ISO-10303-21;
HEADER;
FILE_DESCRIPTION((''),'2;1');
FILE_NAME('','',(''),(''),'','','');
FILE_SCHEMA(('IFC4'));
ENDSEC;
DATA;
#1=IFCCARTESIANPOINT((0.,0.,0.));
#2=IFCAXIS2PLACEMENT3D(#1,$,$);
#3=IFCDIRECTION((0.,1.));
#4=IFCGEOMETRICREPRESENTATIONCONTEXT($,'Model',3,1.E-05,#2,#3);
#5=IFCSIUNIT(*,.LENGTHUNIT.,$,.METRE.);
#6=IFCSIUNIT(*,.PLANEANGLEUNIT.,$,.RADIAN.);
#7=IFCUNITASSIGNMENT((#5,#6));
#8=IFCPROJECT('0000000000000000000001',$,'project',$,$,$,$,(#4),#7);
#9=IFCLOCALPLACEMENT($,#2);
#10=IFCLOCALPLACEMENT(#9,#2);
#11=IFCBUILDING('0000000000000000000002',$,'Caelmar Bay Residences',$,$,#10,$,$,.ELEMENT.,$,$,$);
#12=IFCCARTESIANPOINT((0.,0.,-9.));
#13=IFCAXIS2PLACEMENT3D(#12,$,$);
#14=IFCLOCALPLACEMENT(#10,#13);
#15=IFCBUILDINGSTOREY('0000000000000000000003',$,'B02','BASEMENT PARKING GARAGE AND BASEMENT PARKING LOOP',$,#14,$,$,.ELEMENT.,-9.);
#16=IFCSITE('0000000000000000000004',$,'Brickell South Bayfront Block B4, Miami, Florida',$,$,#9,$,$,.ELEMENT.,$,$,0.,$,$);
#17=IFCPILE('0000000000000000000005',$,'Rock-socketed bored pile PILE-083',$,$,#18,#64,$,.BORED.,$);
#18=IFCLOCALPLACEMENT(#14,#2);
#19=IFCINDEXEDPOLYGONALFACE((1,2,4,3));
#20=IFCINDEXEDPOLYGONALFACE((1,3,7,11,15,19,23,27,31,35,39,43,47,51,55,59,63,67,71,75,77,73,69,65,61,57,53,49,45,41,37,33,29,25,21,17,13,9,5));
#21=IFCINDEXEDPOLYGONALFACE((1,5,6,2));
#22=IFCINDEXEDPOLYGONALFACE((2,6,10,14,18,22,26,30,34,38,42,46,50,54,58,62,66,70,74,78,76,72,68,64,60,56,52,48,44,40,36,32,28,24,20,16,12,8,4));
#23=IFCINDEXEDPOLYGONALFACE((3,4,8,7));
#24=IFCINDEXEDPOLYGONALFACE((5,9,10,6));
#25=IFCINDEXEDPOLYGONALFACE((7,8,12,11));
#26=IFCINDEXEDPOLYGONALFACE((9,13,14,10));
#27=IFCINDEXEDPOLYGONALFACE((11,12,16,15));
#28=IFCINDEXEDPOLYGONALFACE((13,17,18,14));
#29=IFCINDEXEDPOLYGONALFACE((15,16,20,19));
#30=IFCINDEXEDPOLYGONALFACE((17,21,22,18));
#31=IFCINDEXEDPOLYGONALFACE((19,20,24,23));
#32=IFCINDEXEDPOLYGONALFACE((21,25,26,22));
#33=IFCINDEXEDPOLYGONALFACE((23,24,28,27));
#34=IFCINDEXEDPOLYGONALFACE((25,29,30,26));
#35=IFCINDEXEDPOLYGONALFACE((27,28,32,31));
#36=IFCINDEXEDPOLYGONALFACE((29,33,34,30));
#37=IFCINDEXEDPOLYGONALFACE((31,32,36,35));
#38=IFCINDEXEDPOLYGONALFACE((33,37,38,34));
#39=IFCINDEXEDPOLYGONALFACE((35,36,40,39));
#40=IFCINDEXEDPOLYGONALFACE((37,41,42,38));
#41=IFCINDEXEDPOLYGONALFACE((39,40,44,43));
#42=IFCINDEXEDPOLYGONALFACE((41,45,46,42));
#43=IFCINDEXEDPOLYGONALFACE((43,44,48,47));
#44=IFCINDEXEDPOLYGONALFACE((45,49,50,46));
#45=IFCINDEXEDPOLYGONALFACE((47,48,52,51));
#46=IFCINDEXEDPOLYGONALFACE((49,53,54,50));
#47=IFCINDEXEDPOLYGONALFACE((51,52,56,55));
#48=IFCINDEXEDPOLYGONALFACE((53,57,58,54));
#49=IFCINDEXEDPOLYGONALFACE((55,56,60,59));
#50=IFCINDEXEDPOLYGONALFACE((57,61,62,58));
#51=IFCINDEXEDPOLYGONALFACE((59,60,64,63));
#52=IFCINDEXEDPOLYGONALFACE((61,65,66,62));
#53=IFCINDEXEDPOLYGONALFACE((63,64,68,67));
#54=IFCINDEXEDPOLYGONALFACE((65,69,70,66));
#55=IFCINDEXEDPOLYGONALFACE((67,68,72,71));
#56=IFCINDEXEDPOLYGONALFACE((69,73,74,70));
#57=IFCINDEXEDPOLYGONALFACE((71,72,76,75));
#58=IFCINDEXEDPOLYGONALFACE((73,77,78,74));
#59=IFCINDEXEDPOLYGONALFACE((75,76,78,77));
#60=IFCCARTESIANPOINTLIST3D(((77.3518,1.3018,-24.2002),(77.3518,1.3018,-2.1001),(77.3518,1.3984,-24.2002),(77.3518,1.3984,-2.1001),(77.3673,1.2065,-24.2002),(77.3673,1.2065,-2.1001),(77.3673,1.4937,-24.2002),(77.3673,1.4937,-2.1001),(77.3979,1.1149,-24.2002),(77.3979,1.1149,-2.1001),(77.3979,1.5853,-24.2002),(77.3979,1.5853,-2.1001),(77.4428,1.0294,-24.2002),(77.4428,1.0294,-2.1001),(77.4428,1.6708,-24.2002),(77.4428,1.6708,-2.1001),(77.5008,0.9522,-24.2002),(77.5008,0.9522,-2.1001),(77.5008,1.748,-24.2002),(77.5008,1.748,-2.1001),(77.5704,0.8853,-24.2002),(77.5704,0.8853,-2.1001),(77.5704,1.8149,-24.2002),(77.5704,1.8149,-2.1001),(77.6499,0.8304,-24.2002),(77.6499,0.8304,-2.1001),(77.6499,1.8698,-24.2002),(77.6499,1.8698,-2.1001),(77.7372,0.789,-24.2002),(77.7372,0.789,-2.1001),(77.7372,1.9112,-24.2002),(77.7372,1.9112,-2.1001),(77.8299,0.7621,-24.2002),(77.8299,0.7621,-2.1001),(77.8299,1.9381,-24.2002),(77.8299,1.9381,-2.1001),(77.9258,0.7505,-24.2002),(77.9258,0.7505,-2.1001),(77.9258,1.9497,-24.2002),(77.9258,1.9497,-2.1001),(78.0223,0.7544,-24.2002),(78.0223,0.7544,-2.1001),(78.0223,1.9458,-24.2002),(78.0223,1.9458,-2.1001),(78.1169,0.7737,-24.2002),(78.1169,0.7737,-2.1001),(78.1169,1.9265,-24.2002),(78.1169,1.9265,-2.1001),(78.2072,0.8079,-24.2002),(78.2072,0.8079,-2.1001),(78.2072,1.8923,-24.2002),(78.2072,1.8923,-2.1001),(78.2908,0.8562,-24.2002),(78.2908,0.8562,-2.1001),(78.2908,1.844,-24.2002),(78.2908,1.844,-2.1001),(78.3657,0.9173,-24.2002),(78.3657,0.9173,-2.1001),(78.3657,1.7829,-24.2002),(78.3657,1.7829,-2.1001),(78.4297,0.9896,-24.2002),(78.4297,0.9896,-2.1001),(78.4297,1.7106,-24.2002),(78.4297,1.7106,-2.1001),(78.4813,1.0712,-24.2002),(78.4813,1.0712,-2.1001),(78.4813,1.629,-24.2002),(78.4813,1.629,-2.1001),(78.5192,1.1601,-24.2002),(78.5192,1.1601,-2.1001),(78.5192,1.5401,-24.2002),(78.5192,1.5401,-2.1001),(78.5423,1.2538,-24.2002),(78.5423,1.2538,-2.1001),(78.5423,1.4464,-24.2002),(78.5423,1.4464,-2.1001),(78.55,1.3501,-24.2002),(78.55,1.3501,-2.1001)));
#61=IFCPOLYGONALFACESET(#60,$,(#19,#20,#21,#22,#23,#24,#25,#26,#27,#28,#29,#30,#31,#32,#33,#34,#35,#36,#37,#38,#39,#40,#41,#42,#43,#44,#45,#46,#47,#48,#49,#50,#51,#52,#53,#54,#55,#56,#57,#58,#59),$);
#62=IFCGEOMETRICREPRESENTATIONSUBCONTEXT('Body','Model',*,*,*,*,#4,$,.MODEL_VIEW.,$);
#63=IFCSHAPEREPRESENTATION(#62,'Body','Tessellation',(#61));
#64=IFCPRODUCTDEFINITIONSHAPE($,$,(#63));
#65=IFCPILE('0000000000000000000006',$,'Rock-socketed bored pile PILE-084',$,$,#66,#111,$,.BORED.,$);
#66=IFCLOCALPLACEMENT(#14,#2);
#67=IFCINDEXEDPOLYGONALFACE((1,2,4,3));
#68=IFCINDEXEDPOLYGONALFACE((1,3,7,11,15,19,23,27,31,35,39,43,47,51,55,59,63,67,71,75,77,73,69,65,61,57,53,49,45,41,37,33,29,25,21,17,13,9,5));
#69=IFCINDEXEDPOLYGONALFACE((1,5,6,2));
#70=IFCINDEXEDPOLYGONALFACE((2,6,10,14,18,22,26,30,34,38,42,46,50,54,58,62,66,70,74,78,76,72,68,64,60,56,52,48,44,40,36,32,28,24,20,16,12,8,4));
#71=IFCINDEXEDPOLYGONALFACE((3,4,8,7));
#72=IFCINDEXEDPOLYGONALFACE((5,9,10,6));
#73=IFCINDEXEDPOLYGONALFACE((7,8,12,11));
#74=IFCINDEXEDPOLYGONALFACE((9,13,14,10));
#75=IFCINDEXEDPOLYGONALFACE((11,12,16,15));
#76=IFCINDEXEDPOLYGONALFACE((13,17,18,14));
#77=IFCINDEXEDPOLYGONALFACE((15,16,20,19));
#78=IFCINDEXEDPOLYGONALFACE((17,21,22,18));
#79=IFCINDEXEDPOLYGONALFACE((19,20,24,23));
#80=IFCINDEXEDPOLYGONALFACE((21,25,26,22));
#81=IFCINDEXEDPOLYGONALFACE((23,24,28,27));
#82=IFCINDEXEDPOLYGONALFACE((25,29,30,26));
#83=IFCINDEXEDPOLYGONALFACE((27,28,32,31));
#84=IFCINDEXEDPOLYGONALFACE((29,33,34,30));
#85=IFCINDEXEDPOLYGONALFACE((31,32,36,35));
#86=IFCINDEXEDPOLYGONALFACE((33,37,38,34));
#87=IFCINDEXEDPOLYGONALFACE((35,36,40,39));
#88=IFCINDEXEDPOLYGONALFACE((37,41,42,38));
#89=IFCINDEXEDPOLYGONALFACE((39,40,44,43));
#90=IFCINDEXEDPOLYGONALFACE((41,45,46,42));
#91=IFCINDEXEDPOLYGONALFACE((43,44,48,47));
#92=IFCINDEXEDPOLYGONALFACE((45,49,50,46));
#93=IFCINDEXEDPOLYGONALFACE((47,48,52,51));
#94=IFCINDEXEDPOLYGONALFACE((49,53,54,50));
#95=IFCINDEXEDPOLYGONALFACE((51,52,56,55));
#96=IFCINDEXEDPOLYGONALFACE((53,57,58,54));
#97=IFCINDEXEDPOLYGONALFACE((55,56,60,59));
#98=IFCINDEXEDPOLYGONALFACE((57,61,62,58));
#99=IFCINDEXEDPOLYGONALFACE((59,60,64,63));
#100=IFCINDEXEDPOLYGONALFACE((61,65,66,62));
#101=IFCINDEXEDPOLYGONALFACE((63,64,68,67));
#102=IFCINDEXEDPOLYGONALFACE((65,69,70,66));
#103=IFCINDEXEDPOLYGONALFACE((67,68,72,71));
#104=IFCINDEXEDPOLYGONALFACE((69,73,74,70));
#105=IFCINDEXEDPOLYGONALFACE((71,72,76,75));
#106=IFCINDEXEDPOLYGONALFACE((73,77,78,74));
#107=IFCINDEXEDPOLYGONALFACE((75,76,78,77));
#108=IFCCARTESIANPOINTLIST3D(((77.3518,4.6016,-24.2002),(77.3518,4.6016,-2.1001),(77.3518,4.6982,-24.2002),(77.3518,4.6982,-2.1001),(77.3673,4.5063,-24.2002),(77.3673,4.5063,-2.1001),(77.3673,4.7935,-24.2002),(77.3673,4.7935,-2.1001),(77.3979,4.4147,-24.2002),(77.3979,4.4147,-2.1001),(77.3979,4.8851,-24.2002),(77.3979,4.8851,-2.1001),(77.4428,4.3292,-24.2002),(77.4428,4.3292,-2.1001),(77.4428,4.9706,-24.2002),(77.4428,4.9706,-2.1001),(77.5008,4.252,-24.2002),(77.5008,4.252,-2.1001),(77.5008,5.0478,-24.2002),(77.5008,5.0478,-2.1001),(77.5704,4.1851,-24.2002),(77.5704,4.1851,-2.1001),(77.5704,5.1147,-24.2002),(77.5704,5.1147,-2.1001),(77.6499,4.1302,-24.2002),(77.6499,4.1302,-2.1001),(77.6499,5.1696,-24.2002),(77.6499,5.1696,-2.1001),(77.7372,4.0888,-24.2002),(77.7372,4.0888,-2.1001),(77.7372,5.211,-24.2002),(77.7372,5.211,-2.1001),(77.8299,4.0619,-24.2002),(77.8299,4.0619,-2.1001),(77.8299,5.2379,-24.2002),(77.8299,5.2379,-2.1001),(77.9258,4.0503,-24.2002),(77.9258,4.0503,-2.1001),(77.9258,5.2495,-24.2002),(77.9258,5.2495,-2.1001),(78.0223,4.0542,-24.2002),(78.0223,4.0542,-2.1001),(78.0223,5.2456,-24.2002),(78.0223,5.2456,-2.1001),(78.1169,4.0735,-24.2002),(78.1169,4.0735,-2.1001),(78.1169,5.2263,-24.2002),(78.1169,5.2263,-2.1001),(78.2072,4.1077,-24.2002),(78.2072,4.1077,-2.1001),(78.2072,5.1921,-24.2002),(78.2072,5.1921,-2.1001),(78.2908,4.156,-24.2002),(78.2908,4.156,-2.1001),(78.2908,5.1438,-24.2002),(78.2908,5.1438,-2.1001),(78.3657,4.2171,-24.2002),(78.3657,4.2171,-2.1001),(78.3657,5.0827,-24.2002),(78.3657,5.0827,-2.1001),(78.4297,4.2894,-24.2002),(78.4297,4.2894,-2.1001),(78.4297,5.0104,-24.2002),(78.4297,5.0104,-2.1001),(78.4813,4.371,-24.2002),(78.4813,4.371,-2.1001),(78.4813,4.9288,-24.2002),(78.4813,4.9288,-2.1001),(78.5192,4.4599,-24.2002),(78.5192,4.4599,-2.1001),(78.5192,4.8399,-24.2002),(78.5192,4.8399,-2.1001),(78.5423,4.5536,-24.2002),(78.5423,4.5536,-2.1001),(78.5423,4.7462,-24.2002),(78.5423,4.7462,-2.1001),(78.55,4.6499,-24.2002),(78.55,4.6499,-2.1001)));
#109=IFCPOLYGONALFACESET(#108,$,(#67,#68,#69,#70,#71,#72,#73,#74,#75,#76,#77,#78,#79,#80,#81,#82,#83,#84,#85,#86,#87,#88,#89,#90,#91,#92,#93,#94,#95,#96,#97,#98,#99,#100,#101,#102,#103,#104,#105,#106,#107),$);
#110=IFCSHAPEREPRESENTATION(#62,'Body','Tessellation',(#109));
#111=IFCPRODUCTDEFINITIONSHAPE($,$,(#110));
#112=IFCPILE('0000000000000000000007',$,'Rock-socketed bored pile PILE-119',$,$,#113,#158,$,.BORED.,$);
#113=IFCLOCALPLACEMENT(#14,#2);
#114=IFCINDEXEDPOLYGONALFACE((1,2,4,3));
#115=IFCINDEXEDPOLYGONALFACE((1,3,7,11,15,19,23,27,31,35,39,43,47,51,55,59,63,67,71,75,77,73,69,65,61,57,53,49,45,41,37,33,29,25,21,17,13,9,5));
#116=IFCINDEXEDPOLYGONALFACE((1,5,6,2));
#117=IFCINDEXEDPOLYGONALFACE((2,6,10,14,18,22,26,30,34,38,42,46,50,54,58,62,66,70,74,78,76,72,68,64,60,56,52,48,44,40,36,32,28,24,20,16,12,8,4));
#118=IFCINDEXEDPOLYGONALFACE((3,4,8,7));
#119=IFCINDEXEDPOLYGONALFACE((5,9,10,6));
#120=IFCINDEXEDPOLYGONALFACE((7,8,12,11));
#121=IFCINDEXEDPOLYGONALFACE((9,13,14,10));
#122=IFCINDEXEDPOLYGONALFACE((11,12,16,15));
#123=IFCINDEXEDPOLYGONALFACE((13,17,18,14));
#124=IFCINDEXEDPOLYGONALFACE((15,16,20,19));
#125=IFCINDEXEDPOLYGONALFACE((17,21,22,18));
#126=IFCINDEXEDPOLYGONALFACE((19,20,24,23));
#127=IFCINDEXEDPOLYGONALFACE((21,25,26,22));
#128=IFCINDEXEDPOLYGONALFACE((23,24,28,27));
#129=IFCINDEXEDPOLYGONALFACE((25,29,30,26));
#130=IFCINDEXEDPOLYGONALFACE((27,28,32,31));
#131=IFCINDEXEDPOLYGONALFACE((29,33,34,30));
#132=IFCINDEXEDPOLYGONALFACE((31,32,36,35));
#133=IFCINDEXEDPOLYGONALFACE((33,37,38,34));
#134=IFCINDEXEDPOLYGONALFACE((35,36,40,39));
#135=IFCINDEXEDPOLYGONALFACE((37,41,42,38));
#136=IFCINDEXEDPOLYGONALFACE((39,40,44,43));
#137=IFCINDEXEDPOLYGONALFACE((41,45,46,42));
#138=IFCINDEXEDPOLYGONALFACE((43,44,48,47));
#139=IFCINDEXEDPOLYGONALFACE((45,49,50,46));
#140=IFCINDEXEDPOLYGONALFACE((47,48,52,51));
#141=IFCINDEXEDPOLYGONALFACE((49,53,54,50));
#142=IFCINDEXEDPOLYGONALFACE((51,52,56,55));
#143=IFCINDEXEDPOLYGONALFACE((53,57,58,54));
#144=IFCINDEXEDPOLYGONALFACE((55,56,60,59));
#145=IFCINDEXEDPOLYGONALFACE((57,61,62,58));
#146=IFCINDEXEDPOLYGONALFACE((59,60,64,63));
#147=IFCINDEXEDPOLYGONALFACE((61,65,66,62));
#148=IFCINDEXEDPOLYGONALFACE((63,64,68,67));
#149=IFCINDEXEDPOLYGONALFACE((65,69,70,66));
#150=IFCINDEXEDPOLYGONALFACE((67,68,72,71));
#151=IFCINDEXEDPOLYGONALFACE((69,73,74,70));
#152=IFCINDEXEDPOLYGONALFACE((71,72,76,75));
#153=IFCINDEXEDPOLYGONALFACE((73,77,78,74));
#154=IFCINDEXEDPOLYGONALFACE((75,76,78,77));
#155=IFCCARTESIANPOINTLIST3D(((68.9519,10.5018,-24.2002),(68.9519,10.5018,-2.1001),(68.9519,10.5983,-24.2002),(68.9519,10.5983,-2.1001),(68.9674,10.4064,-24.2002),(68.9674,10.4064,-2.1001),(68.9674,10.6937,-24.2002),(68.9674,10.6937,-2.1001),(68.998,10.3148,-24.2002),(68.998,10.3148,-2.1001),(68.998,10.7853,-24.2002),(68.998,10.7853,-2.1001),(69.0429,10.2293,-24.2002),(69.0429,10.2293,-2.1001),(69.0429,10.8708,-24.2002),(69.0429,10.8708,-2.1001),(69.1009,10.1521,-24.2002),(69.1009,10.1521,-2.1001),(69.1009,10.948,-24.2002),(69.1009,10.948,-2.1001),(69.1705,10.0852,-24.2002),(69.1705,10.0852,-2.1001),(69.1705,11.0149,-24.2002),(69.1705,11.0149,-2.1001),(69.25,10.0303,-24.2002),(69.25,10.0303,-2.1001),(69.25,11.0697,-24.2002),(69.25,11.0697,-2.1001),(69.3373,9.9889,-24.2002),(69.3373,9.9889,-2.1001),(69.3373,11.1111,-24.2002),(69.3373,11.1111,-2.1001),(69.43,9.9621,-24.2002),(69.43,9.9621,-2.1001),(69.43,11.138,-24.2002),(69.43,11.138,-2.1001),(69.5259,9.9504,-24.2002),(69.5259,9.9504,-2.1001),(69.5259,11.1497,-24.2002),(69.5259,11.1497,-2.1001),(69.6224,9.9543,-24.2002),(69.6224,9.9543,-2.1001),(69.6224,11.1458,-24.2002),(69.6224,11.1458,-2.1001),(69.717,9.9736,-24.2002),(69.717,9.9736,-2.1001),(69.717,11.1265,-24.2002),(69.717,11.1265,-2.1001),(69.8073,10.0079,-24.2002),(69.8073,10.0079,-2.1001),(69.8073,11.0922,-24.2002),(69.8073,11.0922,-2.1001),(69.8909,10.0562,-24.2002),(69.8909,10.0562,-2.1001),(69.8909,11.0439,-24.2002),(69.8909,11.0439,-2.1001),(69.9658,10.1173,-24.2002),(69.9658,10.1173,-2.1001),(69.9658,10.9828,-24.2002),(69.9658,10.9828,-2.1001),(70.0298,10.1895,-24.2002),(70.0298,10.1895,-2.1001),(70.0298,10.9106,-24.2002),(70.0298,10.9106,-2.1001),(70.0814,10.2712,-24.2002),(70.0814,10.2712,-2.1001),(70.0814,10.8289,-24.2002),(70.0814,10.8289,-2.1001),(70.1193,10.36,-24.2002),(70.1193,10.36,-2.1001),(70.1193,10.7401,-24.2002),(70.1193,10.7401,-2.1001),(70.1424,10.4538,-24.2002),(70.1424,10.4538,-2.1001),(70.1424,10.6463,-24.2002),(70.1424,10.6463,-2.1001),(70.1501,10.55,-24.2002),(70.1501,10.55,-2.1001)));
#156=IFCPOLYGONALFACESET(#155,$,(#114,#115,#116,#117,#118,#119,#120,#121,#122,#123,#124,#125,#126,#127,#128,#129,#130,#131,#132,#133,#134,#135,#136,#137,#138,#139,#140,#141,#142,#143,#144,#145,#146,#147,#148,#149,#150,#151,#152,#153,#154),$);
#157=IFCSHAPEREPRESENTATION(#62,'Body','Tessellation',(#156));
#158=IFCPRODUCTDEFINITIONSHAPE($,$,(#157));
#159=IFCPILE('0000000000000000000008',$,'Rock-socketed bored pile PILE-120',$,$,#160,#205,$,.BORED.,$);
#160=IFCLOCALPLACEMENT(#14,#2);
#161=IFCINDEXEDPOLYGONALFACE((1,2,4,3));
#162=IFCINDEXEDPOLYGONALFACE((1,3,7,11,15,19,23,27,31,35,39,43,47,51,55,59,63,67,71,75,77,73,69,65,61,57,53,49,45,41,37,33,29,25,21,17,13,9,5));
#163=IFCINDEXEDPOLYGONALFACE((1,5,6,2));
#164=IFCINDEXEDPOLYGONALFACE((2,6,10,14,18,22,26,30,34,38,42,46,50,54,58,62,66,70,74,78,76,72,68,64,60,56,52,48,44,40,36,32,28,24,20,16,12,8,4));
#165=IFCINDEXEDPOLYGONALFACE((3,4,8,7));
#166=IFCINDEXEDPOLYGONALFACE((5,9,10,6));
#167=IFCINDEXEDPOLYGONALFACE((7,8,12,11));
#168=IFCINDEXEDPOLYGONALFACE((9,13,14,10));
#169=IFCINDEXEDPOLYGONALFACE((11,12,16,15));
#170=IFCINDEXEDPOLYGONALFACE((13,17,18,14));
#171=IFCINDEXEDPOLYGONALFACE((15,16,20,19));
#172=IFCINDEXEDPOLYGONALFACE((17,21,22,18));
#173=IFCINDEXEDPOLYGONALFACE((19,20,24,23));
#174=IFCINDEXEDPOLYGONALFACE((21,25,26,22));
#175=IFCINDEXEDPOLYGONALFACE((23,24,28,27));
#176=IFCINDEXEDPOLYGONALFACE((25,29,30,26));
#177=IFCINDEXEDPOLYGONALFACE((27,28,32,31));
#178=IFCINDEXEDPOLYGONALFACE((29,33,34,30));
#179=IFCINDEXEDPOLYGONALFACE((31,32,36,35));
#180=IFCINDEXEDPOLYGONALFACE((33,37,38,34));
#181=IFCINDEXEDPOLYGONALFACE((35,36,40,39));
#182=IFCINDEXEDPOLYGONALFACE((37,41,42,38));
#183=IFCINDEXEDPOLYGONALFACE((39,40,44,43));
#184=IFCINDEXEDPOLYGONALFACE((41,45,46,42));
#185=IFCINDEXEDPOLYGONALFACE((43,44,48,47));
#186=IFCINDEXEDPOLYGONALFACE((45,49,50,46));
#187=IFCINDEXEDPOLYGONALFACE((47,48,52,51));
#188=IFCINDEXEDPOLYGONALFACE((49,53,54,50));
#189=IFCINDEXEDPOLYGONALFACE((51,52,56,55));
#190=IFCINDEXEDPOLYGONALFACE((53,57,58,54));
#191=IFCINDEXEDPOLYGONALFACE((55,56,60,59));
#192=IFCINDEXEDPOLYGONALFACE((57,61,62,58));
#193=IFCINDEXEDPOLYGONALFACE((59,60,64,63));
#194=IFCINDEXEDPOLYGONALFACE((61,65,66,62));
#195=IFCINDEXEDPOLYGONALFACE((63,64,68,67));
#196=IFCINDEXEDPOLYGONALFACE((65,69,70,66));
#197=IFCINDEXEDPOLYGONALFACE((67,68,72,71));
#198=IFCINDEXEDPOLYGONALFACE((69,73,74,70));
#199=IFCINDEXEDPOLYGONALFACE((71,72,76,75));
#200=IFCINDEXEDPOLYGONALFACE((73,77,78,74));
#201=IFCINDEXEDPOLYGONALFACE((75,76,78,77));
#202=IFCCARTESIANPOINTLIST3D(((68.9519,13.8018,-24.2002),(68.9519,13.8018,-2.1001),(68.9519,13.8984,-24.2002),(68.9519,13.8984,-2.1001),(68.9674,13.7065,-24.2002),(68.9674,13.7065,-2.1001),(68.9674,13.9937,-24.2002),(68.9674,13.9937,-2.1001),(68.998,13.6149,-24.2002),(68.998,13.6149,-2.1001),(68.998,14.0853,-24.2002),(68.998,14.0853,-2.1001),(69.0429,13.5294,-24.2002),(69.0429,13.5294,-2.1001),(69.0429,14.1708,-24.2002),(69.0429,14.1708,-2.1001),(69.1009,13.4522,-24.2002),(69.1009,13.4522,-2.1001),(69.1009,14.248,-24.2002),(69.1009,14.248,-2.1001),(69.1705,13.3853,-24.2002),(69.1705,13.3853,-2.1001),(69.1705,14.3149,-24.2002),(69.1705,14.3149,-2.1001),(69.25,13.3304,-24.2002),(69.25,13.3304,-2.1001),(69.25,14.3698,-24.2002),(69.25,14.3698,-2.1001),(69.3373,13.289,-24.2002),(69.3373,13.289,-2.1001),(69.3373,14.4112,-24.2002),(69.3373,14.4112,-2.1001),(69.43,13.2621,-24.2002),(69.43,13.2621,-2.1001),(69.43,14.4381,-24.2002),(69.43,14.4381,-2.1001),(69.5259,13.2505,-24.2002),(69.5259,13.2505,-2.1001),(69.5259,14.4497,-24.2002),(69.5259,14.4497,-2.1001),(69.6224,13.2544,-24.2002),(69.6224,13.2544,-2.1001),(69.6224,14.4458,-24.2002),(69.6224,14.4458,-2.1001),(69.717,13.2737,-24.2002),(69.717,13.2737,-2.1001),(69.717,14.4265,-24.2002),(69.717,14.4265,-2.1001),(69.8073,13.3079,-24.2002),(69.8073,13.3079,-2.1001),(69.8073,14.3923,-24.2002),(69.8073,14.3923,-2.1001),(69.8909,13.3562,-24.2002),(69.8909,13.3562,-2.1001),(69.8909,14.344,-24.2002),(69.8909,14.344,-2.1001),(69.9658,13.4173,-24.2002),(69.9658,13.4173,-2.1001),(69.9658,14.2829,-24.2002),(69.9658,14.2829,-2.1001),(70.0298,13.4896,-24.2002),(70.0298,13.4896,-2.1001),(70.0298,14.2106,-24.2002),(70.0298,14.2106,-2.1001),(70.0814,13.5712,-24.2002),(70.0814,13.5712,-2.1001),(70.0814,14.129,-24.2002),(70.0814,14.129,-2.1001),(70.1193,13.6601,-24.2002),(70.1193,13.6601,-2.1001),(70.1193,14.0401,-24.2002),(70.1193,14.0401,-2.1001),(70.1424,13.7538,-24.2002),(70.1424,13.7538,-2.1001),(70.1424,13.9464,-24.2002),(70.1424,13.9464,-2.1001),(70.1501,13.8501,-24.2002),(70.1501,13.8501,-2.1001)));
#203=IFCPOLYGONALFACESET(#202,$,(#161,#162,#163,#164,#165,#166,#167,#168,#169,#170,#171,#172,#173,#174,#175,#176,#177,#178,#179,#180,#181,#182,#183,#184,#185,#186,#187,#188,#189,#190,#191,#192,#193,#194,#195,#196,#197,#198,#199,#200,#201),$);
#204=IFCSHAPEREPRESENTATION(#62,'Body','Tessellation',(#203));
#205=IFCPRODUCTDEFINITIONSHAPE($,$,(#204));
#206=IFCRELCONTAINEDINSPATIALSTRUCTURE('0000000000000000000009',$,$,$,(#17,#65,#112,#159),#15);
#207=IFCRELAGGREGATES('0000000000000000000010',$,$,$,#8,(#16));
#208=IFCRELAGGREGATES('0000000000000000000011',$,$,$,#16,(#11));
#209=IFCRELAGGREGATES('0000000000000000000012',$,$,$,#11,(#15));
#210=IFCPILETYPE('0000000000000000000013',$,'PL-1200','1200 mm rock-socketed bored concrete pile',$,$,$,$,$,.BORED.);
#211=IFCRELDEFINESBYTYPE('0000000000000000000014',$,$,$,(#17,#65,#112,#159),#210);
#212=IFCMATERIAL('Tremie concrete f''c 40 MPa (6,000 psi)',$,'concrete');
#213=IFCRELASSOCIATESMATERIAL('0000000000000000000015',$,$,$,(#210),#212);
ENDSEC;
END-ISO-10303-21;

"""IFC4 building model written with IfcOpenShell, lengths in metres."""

from ifc_helpers import new_model, si_unit, direction, frame, origin, origin_2d, place, context, subcontext, project, spatial, circle, extrude, material, material_profile, profile_set, type_object, element, save


model = new_model("IFC4")

# Units and contexts
model_context = context("Model", 3, precision=1e-05, world=origin(), true_north=direction((0.0, 1.0)))
body_context = subcontext(model_context, "Body", "Model", "MODEL_VIEW")
ifc_project = project(units=[si_unit("LENGTHUNIT", "METRE"), si_unit("PLANEANGLEUNIT", "RADIAN")], contexts=[model_context])

# Site, building, storey
site_placement = place(None, origin())
site = spatial("IfcSite", under=ifc_project, at=site_placement, Name="Brickell South Bayfront Block B4, Miami, Florida", CompositionType="ELEMENT", RefElevation=0.0)
building_placement = place(site_placement, origin())
building = spatial("IfcBuilding", under=site, at=building_placement, Name="Caelmar Bay Residences", CompositionType="ELEMENT")
storey_placement = place(building_placement, frame((0.0, 0.0, -9.0)))
storey = spatial("IfcBuildingStorey", under=building, at=storey_placement, Name="B02", Description="BASEMENT PARKING GARAGE AND BASEMENT PARKING LOOP", CompositionType="ELEMENT", Elevation=-9.0)

# Piles
ifc_material_1 = material(Name="Tremie concrete f'c 40 MPa (6,000 psi)", Category="concrete")
ifc_material_profile_1 = material_profile(ifc_material_1, circle(Radius=0.6001, at=origin_2d()), Name="PILE-1200D")
ifc_profile_set_1 = profile_set([ifc_material_profile_1], Name="Tremie concrete f'c 40 MPa (6,000 psi)")
pile_type = type_object("IfcPileType", Name="PL-1200", Description="1200 mm rock-socketed bored concrete pile", PredefinedType="BORED", material=ifc_profile_set_1)
for number, where, z_axis, x_axis, name in (
    (1, (77.95, 1.3501, -2.1001), (0.0, 0.0, -1.0), (1.0, 0.0, 0.0), "Rock-socketed bored pile PILE-083"),
    (2, (77.95, 4.6499, -2.1001), (0.0, 0.0, -1.0), (1.0, 0.0, 0.0), "Rock-socketed bored pile PILE-084"),
    (3, (69.55, 10.55, -2.1001), (0.0, 0.0, -1.0), (1.0, 0.0, 0.0), "Rock-socketed bored pile PILE-119"),
    (4, (69.55, 13.8501, -2.1001), (0.0, 0.0, -1.0), (1.0, 0.0, 0.0), "Rock-socketed bored pile PILE-120"),
):
    element("IfcPile", number, at=place(storey_placement, frame(where, z_axis=z_axis, x_axis=x_axis)), inside=storey, type_object=pile_type, Name=name, PredefinedType="BORED", context=body_context, shape_type="SweptSolid", body=[
        extrude(circle(Radius=0.6001, at=origin_2d()), origin(), (0.0, 0.0, 1.0), 22.1001),
    ])

save(model, "model.ifc")
